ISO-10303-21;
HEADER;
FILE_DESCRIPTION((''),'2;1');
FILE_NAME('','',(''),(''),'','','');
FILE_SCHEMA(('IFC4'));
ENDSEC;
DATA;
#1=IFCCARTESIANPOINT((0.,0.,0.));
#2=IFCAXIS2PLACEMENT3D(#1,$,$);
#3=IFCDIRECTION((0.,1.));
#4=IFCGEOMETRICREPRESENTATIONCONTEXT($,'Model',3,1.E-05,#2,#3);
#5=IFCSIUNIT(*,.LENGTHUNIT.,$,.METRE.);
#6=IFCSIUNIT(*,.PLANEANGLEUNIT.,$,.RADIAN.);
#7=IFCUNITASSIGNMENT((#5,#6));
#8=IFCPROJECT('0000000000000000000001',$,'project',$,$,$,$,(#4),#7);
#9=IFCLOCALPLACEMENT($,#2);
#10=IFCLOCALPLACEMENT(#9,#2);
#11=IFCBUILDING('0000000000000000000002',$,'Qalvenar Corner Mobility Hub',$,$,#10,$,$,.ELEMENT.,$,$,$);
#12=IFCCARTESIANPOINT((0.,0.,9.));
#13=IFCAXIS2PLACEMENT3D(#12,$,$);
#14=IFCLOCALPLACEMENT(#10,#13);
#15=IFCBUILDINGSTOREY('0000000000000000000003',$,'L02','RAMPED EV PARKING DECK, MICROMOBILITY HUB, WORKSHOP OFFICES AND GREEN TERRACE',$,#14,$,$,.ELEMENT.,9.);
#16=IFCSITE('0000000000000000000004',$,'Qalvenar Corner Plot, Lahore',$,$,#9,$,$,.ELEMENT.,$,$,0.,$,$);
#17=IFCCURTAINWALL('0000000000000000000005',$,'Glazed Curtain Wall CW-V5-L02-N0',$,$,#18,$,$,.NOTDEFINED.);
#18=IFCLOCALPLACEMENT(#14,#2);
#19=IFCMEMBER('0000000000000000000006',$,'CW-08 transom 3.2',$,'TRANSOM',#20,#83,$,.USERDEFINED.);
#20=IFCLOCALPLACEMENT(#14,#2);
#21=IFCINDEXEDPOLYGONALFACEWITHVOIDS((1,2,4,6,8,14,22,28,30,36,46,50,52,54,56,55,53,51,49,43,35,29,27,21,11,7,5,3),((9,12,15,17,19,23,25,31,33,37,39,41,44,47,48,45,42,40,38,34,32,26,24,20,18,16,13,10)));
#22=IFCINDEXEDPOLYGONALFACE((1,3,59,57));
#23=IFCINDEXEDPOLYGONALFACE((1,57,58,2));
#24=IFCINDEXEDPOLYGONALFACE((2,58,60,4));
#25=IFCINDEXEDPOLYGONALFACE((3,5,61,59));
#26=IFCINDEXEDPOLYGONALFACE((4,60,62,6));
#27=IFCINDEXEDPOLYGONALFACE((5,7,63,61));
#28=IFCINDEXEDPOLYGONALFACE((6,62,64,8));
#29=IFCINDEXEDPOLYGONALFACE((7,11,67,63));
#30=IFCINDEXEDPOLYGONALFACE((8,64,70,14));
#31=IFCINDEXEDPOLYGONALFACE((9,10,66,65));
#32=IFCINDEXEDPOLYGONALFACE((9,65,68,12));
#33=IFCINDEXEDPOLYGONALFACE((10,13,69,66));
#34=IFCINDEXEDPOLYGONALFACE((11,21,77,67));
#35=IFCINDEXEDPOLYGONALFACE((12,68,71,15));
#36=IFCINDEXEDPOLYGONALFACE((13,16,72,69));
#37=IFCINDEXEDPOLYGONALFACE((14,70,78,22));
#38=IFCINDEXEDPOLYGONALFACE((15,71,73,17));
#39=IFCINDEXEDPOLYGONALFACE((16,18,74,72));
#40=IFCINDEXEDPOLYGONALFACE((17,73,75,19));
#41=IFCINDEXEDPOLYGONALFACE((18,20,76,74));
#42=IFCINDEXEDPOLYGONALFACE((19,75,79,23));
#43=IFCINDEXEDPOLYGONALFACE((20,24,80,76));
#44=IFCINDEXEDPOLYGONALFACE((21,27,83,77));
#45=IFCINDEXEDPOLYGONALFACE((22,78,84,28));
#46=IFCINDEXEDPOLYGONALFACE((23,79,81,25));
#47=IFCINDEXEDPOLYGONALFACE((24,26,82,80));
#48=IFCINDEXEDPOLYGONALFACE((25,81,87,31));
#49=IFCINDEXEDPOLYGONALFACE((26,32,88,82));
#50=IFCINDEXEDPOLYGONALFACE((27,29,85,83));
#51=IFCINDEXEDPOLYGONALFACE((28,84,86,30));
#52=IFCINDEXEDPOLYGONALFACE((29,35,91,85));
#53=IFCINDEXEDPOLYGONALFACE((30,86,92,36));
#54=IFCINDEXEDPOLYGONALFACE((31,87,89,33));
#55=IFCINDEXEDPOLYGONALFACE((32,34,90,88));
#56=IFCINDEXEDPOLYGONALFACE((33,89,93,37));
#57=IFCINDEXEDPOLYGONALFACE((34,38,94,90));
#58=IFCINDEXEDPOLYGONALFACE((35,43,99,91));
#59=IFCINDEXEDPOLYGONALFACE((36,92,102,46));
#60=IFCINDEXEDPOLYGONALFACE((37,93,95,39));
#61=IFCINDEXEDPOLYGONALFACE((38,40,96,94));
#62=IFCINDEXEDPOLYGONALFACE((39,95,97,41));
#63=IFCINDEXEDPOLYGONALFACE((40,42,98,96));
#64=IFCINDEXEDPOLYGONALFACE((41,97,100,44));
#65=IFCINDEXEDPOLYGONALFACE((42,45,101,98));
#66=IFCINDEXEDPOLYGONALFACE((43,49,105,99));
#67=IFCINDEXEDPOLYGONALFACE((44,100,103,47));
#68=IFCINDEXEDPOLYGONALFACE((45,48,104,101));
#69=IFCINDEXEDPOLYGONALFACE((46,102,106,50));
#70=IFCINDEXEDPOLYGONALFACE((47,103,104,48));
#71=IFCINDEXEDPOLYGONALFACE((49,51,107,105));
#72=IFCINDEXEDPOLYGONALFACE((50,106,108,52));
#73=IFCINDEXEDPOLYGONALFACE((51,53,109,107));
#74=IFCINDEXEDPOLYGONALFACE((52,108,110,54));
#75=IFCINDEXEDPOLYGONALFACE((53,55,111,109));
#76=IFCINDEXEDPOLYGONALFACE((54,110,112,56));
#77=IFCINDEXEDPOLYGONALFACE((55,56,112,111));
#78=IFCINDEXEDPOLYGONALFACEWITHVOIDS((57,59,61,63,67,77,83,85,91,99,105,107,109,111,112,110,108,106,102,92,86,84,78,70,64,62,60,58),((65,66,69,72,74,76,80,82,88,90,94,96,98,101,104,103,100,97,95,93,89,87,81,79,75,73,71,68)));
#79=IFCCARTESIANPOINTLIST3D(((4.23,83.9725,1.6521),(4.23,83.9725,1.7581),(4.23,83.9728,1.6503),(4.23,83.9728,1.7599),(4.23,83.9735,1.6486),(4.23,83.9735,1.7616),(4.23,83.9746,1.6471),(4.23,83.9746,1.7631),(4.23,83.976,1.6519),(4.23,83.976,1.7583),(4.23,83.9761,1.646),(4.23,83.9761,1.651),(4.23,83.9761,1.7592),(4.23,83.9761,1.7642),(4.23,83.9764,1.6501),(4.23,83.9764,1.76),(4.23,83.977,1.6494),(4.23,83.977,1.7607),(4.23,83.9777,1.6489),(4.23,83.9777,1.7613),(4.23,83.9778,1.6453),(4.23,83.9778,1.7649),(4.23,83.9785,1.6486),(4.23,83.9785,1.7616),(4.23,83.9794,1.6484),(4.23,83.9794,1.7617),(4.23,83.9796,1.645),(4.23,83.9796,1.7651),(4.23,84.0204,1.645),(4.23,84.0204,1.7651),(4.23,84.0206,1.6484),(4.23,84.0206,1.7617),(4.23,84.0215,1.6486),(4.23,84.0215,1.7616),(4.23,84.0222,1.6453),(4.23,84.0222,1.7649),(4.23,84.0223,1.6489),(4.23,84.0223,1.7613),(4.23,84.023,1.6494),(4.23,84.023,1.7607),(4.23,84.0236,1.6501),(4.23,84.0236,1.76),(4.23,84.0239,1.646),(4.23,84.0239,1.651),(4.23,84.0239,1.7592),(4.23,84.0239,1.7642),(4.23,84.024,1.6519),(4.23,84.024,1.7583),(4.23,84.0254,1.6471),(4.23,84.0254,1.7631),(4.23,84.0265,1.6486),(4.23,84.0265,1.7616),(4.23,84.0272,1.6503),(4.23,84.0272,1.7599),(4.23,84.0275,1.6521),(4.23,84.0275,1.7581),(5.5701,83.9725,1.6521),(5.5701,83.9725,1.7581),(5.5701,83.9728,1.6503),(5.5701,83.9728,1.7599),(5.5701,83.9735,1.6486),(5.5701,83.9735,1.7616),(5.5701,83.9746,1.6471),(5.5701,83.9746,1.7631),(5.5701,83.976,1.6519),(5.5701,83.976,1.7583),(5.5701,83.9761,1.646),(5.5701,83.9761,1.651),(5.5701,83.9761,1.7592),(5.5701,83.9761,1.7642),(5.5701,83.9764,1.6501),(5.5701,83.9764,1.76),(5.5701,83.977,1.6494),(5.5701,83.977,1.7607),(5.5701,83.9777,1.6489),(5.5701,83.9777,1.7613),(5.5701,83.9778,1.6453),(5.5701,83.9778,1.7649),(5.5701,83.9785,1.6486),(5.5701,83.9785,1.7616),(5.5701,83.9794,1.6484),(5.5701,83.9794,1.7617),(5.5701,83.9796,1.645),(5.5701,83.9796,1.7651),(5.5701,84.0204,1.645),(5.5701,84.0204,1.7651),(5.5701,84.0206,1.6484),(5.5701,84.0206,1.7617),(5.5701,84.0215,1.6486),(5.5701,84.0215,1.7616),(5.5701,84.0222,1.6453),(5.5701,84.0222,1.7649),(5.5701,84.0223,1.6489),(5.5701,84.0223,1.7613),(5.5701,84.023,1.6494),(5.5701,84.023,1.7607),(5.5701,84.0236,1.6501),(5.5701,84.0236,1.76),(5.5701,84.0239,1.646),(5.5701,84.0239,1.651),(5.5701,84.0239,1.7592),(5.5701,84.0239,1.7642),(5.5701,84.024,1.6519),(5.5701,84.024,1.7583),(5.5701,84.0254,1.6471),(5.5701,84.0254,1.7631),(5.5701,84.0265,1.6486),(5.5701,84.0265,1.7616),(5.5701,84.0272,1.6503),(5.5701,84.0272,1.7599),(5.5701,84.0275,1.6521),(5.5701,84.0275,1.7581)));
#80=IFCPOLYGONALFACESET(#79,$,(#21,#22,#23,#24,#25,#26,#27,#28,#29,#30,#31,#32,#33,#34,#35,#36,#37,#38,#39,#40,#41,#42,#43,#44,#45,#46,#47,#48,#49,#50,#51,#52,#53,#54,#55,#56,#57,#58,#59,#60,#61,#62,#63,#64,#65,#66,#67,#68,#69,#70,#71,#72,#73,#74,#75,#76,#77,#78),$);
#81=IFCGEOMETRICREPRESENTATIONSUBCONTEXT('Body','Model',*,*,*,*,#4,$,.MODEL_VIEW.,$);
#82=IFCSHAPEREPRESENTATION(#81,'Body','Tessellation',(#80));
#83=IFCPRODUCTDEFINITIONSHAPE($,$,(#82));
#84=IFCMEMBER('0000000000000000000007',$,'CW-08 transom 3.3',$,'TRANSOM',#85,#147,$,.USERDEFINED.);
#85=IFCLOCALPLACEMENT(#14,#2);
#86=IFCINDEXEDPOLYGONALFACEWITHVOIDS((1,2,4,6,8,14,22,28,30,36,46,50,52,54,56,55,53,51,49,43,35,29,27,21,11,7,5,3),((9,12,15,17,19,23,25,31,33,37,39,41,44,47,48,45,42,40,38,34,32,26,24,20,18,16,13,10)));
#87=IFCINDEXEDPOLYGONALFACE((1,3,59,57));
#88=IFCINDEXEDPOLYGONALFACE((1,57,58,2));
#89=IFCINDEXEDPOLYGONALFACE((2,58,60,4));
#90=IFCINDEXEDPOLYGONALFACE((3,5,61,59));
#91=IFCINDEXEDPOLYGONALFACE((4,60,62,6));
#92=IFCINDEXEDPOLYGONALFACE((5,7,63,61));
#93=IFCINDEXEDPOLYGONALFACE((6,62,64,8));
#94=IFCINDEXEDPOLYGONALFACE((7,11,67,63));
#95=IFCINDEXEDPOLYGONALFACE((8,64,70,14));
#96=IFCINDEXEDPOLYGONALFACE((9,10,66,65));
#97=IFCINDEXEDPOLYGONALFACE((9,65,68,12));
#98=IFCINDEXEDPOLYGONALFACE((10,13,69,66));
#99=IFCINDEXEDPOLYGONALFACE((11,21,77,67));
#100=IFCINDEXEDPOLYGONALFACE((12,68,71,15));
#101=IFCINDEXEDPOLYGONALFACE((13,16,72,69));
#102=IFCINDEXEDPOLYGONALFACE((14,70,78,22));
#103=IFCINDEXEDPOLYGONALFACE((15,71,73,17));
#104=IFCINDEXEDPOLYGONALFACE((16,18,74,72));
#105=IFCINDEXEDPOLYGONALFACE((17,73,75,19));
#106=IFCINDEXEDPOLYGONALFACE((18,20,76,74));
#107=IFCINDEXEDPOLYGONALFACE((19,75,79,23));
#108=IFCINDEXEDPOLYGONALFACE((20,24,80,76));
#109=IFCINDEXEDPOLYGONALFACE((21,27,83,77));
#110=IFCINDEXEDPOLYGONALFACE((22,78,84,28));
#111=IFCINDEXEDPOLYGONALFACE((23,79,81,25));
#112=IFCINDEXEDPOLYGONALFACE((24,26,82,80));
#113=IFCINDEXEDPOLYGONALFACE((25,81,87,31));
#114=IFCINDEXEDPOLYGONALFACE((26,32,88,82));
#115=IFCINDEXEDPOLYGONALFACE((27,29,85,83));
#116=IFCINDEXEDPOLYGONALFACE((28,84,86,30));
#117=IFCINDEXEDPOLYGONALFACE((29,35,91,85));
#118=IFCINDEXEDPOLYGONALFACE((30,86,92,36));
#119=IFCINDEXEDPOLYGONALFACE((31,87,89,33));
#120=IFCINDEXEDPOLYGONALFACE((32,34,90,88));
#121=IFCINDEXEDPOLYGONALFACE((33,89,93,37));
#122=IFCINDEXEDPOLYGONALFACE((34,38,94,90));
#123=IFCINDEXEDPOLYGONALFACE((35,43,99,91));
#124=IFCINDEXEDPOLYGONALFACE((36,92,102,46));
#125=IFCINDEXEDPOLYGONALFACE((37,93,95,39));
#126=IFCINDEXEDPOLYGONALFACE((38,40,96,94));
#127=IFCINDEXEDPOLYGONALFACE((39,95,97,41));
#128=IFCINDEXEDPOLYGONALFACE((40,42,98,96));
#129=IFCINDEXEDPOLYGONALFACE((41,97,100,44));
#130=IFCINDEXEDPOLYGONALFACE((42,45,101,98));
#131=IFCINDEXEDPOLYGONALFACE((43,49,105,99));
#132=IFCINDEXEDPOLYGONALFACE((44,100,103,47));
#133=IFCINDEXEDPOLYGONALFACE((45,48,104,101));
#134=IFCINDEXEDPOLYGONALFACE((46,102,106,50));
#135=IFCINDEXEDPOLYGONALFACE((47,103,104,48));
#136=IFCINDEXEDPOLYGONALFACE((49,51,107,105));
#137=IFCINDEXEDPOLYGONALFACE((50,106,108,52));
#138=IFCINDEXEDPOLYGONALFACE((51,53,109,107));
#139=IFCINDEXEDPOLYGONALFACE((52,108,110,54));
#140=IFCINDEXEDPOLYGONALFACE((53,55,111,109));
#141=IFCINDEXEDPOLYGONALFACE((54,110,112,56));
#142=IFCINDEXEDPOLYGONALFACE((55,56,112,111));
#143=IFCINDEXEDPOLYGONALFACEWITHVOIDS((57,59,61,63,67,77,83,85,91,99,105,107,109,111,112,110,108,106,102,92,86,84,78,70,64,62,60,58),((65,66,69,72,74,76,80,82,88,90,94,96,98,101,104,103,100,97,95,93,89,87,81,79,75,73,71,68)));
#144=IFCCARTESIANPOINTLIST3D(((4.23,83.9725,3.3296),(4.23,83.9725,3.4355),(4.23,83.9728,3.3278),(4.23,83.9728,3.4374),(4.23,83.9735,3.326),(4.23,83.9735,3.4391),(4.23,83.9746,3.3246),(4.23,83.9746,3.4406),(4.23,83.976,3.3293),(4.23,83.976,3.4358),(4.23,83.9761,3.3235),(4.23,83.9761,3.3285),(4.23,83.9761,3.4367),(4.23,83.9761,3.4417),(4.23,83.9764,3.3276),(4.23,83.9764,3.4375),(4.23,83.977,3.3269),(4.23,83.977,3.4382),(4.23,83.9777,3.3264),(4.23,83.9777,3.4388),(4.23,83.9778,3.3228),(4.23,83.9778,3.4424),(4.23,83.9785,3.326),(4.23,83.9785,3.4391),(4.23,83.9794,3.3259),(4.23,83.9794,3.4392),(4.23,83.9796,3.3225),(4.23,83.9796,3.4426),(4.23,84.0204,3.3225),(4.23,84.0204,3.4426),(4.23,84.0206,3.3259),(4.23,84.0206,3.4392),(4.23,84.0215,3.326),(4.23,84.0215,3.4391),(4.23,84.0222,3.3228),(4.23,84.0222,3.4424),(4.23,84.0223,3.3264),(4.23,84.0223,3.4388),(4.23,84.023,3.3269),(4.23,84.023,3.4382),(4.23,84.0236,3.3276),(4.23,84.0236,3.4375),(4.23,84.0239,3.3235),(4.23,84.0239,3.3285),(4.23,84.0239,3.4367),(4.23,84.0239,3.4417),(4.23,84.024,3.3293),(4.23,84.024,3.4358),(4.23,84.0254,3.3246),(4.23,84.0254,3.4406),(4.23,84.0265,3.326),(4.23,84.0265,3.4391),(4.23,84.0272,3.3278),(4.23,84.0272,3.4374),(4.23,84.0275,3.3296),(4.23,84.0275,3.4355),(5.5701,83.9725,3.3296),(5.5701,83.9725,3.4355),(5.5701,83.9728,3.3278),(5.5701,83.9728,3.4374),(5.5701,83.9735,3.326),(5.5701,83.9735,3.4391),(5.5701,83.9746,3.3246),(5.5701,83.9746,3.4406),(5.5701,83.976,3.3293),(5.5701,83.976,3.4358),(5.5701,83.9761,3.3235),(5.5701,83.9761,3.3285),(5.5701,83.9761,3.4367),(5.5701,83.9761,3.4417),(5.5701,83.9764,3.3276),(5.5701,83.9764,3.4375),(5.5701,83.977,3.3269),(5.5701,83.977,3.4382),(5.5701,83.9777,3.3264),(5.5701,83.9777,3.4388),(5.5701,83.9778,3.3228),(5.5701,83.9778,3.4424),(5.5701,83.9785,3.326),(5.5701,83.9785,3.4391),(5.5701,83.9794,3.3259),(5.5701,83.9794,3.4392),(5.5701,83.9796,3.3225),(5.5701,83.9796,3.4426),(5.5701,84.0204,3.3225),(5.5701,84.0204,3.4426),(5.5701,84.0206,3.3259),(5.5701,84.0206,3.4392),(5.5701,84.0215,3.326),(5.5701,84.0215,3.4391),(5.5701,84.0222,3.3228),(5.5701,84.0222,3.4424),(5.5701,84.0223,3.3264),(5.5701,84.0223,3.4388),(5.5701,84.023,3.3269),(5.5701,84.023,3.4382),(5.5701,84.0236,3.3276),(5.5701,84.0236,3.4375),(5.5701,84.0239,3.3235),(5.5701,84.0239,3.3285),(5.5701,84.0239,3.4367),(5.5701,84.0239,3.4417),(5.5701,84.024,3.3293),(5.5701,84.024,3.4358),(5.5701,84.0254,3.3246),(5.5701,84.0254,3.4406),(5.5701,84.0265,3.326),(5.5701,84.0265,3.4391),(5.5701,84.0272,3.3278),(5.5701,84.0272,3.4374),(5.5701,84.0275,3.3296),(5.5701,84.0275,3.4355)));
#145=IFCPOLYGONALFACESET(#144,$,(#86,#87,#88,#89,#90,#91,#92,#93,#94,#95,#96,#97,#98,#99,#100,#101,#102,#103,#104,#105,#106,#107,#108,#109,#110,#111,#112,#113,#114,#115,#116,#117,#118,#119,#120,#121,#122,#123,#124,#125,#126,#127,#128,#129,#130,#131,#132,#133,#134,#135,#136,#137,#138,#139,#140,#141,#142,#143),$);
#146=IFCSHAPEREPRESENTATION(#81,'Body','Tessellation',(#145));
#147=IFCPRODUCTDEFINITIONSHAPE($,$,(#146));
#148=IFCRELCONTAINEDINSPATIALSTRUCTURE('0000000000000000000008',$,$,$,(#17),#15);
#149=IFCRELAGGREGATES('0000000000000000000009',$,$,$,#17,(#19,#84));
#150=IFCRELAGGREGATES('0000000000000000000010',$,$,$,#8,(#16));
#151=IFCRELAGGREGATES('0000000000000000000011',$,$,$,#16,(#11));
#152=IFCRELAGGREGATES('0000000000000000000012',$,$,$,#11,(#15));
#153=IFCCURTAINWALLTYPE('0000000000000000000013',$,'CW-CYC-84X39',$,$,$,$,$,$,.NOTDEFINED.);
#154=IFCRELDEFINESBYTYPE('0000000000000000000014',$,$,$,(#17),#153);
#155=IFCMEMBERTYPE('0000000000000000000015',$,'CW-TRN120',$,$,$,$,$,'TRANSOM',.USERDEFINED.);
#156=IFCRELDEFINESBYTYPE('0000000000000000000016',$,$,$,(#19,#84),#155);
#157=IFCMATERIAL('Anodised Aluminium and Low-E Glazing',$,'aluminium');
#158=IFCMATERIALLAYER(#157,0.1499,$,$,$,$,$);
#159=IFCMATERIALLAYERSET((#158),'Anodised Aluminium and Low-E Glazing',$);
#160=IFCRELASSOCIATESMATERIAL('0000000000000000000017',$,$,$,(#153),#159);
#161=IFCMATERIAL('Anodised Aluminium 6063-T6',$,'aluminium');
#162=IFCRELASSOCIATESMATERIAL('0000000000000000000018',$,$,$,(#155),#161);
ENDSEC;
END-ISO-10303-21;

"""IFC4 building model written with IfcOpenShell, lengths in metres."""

from ifc_helpers import new_model, si_unit, direction, frame, origin, origin_2d, place, context, subcontext, project, spatial, hollow_rectangle, extrude, material, layer, layer_set, material_profile, profile_set, type_object, element, aggregate, save


model = new_model("IFC4")

# Units and contexts
model_context = context("Model", 3, precision=1e-05, world=origin(), true_north=direction((0.0, 1.0)))
body_context = subcontext(model_context, "Body", "Model", "MODEL_VIEW")
ifc_project = project(units=[si_unit("LENGTHUNIT", "METRE"), si_unit("PLANEANGLEUNIT", "RADIAN")], contexts=[model_context])

# Site, building, storey
site_placement = place(None, origin())
site = spatial("IfcSite", under=ifc_project, at=site_placement, Name="Qalvenar Corner Plot, Lahore", CompositionType="ELEMENT", RefElevation=0.0)
building_placement = place(site_placement, origin())
building = spatial("IfcBuilding", under=site, at=building_placement, Name="Qalvenar Corner Mobility Hub", CompositionType="ELEMENT")
storey_placement = place(building_placement, frame((0.0, 0.0, 9.0)))
storey = spatial("IfcBuildingStorey", under=building, at=storey_placement, Name="L02", Description="RAMPED EV PARKING DECK, MICROMOBILITY HUB, WORKSHOP OFFICES AND GREEN TERRACE", CompositionType="ELEMENT", Elevation=9.0)

# Curtain wall
ifc_material_1 = material(Name="Anodised Aluminium and Low-E Glazing", Category="aluminium")
ifc_layer_1 = layer(ifc_material_1, 0.1499)
ifc_layer_set_1 = layer_set([ifc_layer_1], Name="Anodised Aluminium and Low-E Glazing")
curtain_wall_type = type_object("IfcCurtainWallType", Name="CW-CYC-84X39", PredefinedType="NOTDEFINED", material=ifc_layer_set_1)
curtain_wall_1_placement = place(storey_placement, origin())
curtain_wall_1 = element("IfcCurtainWall", 1, at=curtain_wall_1_placement, inside=storey, type_object=curtain_wall_type, Name="Glazed Curtain Wall CW-V5-L02-N0", PredefinedType="NOTDEFINED")
ifc_material_2 = material(Name="Anodised Aluminium 6063-T6", Category="aluminium")

# Members
ifc_material_profile_1 = material_profile(ifc_material_2, hollow_rectangle(XDim=0.0549, YDim=0.1201, WallThickness=0.0034, InnerFilletRadius=0.0034, OuterFilletRadius=0.0071, at=origin_2d()), Name="RHS120x55x3.5")
ifc_profile_set_1 = profile_set([ifc_material_profile_1], Name="Anodised Aluminium 6063-T6")
member_type_1 = type_object("IfcMemberType", Name="CW-TRN120", ElementType="TRANSOM", PredefinedType="USERDEFINED", material=ifc_profile_set_1)
member_1_placement = place(storey_placement, frame((5.5701, 84.0, 1.7051), z_axis=(-1.0, 0.0, 0.0), x_axis=(0.0, -1.0, 0.0)))
member_1 = element("IfcMember", 2, at=member_1_placement, type_object=member_type_1, Name="CW-08 transom 3.2", ObjectType="TRANSOM", PredefinedType="USERDEFINED", context=body_context, shape_type="SweptSolid", body=[
    extrude(hollow_rectangle(XDim=0.0549, YDim=0.1201, WallThickness=0.0034, InnerFilletRadius=0.0034, OuterFilletRadius=0.0071, at=origin_2d()), origin(), (0.0, 0.0, 1.0), 1.3401),
])
member_2_placement = place(storey_placement, frame((5.5701, 84.0, 3.3826), z_axis=(-1.0, 0.0, 0.0), x_axis=(0.0, -1.0, 0.0)))
member_2 = element("IfcMember", 3, at=member_2_placement, type_object=member_type_1, Name="CW-08 transom 3.3", ObjectType="TRANSOM", PredefinedType="USERDEFINED", context=body_context, shape_type="SweptSolid", body=[
    extrude(hollow_rectangle(XDim=0.0549, YDim=0.1201, WallThickness=0.0034, InnerFilletRadius=0.0034, OuterFilletRadius=0.0071, at=origin_2d()), origin(), (0.0, 0.0, 1.0), 1.3401),
])

aggregate(curtain_wall_1, [member_1, member_2])

save(model, "model.ifc")
